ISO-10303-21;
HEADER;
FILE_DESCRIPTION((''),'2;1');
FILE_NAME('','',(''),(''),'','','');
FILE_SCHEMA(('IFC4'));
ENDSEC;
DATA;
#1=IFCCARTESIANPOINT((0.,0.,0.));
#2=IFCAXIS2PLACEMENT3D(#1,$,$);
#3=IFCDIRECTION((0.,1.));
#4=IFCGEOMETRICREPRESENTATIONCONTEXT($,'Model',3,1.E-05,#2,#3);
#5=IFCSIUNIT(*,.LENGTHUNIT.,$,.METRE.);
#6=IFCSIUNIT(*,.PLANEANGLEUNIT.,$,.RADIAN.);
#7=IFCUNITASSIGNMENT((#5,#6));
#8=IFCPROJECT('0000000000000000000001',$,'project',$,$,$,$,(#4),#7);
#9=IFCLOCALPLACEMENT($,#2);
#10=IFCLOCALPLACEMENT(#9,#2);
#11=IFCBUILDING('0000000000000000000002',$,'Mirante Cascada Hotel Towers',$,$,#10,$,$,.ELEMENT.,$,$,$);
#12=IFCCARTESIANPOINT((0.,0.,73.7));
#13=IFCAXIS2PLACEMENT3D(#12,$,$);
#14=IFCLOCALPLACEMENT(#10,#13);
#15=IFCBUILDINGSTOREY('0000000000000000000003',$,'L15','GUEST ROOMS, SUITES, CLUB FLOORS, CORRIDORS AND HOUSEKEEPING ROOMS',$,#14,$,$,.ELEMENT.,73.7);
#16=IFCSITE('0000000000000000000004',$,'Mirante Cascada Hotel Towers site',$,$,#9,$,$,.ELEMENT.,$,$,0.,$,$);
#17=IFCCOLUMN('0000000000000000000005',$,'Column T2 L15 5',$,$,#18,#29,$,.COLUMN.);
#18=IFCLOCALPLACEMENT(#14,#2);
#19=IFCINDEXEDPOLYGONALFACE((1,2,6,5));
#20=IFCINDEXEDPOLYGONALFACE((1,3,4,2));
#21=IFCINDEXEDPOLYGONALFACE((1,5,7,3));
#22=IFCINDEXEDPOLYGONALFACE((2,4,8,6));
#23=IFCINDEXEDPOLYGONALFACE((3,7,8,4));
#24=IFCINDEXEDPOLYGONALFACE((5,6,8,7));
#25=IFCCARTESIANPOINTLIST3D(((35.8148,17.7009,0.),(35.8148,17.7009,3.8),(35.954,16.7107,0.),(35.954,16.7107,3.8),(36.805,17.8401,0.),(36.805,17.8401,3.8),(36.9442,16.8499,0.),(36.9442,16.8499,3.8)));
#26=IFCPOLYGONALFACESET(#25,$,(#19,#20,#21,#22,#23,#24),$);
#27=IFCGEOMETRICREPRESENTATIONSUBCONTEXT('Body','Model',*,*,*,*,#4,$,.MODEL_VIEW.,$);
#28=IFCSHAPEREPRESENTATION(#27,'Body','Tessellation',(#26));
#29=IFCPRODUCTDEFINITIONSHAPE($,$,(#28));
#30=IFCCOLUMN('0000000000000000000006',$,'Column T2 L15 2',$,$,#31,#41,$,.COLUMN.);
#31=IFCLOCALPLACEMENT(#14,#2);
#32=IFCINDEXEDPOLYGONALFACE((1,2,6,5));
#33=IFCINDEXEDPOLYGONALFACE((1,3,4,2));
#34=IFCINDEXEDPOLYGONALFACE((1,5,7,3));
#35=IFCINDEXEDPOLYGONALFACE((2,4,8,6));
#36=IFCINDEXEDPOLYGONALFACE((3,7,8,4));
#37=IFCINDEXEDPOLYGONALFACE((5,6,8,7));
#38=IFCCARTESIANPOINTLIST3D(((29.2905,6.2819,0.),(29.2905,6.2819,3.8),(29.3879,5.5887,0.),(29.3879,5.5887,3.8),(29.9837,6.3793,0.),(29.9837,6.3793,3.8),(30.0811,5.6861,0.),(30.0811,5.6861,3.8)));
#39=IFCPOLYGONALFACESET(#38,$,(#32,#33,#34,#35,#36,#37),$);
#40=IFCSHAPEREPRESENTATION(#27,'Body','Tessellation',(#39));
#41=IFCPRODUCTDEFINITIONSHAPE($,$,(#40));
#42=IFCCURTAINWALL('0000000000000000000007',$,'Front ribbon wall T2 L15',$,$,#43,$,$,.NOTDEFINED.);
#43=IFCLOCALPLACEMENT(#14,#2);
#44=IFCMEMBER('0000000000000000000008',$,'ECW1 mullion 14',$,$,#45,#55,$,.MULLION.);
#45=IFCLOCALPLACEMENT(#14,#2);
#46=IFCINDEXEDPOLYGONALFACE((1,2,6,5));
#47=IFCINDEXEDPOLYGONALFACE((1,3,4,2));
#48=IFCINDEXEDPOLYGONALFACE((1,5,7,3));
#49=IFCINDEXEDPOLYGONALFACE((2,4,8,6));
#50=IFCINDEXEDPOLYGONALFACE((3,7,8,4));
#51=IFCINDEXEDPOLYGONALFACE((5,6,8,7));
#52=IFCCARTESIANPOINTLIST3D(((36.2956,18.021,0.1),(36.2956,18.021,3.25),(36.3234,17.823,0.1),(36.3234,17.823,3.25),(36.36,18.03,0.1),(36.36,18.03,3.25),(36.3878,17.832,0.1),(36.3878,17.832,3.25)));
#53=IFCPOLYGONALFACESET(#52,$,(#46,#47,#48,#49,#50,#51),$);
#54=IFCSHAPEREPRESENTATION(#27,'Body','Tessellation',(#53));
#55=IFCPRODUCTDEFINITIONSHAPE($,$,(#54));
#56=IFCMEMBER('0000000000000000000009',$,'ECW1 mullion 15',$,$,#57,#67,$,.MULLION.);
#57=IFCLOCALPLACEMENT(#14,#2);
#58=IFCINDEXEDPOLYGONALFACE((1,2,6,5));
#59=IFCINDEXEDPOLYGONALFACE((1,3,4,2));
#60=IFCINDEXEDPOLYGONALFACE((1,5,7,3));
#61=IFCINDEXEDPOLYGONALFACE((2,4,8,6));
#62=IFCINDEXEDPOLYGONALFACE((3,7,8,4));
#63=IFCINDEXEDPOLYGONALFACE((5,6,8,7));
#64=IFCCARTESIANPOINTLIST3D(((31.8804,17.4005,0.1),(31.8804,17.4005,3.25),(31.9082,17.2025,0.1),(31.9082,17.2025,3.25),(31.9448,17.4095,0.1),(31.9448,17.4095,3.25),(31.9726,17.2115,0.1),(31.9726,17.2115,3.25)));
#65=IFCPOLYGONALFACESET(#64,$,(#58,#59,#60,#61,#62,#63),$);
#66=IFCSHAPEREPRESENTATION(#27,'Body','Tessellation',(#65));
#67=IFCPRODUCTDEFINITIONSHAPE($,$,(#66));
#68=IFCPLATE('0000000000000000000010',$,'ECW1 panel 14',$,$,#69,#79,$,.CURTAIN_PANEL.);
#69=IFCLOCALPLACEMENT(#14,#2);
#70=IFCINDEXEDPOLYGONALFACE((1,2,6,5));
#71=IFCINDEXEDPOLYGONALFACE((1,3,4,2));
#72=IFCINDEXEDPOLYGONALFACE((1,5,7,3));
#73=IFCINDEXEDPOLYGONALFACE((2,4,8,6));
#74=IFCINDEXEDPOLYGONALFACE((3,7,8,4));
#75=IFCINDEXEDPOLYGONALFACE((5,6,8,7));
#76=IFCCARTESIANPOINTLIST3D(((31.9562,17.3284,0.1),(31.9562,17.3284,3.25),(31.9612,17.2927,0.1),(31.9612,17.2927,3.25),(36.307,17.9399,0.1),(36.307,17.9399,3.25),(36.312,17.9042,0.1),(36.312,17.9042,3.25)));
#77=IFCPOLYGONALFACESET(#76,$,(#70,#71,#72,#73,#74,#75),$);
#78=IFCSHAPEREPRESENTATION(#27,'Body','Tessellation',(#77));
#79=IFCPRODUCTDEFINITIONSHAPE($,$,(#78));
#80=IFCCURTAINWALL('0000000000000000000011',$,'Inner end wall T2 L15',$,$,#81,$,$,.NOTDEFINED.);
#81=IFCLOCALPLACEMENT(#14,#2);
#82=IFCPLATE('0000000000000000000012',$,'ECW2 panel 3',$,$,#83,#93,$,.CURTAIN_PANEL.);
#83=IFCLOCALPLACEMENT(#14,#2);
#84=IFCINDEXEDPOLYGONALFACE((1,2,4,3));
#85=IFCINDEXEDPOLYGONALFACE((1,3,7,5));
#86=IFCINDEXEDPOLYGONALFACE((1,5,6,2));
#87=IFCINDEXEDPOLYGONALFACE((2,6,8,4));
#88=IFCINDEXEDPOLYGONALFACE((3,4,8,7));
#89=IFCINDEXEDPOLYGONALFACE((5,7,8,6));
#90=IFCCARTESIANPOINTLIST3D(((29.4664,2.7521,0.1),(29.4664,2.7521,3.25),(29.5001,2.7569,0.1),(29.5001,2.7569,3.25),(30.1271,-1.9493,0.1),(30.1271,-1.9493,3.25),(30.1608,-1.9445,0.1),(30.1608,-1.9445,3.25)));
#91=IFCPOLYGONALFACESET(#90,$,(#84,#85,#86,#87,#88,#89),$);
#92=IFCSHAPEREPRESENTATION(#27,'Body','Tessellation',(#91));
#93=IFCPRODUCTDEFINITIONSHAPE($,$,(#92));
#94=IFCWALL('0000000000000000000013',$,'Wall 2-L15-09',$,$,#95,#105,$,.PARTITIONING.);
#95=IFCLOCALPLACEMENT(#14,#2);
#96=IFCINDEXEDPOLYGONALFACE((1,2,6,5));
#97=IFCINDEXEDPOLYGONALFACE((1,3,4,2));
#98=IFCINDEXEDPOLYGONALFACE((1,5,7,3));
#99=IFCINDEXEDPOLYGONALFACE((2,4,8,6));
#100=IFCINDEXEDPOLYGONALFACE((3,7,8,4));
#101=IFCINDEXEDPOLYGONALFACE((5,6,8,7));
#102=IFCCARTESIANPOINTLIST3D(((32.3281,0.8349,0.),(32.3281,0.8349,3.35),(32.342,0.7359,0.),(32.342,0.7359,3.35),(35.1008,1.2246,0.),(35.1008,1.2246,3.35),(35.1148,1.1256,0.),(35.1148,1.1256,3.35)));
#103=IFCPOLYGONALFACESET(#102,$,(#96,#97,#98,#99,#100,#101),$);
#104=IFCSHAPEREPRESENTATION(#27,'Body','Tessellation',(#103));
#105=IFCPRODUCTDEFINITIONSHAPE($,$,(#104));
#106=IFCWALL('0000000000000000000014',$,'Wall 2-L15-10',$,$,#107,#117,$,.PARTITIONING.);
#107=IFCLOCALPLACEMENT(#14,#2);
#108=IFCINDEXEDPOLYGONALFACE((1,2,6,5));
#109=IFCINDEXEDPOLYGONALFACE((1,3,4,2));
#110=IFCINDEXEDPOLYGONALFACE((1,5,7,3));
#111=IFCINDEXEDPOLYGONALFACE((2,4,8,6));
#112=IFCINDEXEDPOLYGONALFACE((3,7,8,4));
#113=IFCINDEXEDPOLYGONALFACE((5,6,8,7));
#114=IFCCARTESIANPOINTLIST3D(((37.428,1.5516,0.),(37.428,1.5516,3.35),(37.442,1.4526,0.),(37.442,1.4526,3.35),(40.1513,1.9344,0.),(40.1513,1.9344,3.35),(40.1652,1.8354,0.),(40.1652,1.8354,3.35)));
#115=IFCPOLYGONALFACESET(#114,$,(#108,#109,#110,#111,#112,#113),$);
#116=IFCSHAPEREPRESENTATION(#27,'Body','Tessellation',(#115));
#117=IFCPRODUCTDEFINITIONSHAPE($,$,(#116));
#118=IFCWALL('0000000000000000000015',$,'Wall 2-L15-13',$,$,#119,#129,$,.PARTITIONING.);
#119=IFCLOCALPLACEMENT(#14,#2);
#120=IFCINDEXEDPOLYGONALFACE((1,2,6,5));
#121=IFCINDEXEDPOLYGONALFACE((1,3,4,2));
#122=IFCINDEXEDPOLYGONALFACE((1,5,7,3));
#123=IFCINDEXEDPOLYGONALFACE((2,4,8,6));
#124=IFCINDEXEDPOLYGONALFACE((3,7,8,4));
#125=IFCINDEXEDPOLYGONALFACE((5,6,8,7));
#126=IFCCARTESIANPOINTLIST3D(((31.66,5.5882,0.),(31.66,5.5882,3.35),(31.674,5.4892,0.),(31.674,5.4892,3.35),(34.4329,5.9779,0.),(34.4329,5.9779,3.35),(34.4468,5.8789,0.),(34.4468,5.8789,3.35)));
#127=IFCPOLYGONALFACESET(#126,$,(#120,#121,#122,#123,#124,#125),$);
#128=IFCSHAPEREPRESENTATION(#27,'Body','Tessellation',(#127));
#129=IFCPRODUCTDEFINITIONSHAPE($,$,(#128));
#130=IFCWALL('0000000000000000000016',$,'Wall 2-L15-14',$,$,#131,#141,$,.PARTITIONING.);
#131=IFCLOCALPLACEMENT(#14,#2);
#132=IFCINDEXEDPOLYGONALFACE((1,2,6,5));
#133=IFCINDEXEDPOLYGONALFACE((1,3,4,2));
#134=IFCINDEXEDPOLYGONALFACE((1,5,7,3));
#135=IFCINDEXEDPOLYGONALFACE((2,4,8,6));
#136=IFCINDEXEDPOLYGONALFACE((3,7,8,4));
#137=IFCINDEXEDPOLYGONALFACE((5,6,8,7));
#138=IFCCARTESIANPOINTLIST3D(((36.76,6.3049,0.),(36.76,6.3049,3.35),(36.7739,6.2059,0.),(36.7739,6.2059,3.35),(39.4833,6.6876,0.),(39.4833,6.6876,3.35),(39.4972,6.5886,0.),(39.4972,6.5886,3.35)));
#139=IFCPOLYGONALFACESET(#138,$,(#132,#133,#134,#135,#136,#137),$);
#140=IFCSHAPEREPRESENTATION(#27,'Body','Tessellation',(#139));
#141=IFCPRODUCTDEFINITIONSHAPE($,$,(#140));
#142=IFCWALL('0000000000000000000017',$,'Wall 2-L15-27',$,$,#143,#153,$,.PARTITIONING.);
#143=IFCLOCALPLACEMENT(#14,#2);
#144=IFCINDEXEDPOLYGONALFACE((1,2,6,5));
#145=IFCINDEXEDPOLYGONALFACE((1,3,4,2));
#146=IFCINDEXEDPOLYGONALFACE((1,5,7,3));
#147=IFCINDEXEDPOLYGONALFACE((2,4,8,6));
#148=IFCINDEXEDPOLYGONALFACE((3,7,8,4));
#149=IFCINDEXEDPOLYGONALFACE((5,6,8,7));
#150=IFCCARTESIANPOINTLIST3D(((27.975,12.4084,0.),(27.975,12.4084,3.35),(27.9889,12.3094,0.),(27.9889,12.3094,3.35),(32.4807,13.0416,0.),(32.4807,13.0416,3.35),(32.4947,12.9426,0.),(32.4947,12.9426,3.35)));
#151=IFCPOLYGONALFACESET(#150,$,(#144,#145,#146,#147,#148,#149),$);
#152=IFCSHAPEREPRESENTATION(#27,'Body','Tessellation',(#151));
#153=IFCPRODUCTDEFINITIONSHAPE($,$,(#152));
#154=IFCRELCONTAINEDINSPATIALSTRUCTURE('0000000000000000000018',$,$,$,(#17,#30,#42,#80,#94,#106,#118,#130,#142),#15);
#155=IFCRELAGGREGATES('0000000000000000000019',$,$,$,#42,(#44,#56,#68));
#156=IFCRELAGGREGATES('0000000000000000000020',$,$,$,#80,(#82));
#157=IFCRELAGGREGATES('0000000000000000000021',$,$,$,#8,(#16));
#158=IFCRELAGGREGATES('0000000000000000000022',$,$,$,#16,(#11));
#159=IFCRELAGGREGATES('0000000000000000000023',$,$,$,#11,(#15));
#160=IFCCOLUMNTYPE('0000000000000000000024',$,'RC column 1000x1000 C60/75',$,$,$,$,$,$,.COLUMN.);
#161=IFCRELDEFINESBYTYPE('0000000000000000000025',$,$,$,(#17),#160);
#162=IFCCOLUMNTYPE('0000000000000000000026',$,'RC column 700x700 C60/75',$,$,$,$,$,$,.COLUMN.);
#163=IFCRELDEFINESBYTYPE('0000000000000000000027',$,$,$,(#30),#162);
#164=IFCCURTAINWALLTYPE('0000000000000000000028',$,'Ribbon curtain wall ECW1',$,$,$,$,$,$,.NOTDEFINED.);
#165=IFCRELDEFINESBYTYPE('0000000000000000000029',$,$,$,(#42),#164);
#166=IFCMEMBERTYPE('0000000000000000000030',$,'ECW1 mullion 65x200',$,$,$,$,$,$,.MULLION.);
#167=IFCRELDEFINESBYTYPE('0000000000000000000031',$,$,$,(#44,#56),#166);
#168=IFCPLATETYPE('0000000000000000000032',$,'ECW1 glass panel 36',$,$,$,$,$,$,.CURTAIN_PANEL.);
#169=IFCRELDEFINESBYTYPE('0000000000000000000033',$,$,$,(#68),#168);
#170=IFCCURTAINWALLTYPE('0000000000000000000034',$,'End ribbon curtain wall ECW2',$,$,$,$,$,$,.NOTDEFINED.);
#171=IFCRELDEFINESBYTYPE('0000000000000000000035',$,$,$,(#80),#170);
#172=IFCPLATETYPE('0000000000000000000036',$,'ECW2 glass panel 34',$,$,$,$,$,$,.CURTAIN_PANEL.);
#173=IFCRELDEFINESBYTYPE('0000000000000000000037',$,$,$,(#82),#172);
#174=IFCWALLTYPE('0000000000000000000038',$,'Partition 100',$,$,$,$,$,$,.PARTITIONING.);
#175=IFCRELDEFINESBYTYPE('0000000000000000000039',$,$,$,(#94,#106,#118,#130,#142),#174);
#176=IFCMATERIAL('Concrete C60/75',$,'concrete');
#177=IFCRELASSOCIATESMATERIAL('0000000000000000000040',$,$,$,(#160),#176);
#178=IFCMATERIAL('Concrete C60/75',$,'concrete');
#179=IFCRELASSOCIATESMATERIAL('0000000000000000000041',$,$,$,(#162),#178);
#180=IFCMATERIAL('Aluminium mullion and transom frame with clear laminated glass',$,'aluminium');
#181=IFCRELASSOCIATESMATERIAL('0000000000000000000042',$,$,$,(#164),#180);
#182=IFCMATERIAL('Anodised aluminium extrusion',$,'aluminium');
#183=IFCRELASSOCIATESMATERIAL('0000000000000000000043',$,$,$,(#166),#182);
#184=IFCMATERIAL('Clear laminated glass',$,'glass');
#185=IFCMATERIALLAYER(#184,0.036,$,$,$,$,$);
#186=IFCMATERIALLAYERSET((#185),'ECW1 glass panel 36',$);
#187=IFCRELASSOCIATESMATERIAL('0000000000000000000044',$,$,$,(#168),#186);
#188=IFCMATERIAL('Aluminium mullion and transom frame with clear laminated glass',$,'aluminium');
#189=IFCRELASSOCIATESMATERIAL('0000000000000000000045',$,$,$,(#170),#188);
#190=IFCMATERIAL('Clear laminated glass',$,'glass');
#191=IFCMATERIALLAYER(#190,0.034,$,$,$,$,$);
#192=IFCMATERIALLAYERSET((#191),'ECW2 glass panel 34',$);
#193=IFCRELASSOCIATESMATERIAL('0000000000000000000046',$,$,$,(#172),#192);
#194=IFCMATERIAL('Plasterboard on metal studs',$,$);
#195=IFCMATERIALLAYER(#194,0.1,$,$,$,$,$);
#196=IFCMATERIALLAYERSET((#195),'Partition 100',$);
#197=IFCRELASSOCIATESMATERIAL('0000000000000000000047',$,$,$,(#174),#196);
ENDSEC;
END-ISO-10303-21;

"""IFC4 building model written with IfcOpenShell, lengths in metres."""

from ifc_helpers import new_model, si_unit, direction, frame, frame_2d, origin, origin_2d, place, context, subcontext, project, spatial, rectangle, extrude, material, layer, layer_set, material_profile, profile_set, type_object, element, aggregate, save


model = new_model("IFC4")

# Units and contexts
model_context = context("Model", 3, precision=1e-05, world=origin(), true_north=direction((0.0, 1.0)))
body_context = subcontext(model_context, "Body", "Model", "MODEL_VIEW")
ifc_project = project(units=[si_unit("LENGTHUNIT", "METRE"), si_unit("PLANEANGLEUNIT", "RADIAN")], contexts=[model_context])

# Site, building, storey
site_placement = place(None, origin())
site = spatial("IfcSite", under=ifc_project, at=site_placement, Name="Mirante Cascada Hotel Towers site", CompositionType="ELEMENT", RefElevation=0.0)
building_placement = place(site_placement, origin())
building = spatial("IfcBuilding", under=site, at=building_placement, Name="Mirante Cascada Hotel Towers", CompositionType="ELEMENT")
storey_placement = place(building_placement, frame((0.0, 0.0, 73.7)))
storey = spatial("IfcBuildingStorey", under=building, at=storey_placement, Name="L15", Description="GUEST ROOMS, SUITES, CLUB FLOORS, CORRIDORS AND HOUSEKEEPING ROOMS", CompositionType="ELEMENT", Elevation=73.7)

# Columns
ifc_material_1 = material(Name="Concrete C60/75", Category="concrete")
ifc_material_profile_1 = material_profile(ifc_material_1, rectangle(XDim=1.0, YDim=1.0, at=origin_2d()), Name="RC column 1000x1000 C60/75")
ifc_profile_set_1 = profile_set([ifc_material_profile_1], Name="Concrete C60/75")
column_type_1 = type_object("IfcColumnType", Name="RC column 1000x1000 C60/75", PredefinedType="COLUMN", material=ifc_profile_set_1)
column_1_placement = place(storey_placement, frame((36.3795, 17.2754, 0.0), z_axis=(0.0, 0.0, 1.0), x_axis=(0.990268, 0.139173, 0.0)))
element("IfcColumn", 1, at=column_1_placement, inside=storey, type_object=column_type_1, Name="Column T2 L15 5", PredefinedType="COLUMN", context=body_context, shape_type="SweptSolid", body=[
    extrude(rectangle(XDim=1.0, YDim=1.0, at=origin_2d()), origin(), (0.0, 0.0, 1.0), 3.8),
])
ifc_material_2 = material(Name="Concrete C60/75", Category="concrete")
ifc_material_profile_2 = material_profile(ifc_material_2, rectangle(XDim=0.7, YDim=0.7, at=origin_2d()), Name="RC column 700x700 C60/75")
ifc_profile_set_2 = profile_set([ifc_material_profile_2], Name="Concrete C60/75")
column_type_2 = type_object("IfcColumnType", Name="RC column 700x700 C60/75", PredefinedType="COLUMN", material=ifc_profile_set_2)
column_2_placement = place(storey_placement, frame((29.6858, 5.984, 0.0), z_axis=(0.0, 0.0, 1.0), x_axis=(0.990268, 0.139173, 0.0)))
element("IfcColumn", 2, at=column_2_placement, inside=storey, type_object=column_type_2, Name="Column T2 L15 2", PredefinedType="COLUMN", context=body_context, shape_type="SweptSolid", body=[
    extrude(rectangle(XDim=0.7, YDim=0.7, at=origin_2d()), origin(), (0.0, 0.0, 1.0), 3.8),
])

# Curtain wall, members, plate
ifc_material_3 = material(Name="Aluminium mullion and transom frame with clear laminated glass", Category="aluminium")
curtain_wall_type_1 = type_object("IfcCurtainWallType", Name="Ribbon curtain wall ECW1", PredefinedType="NOTDEFINED", material=ifc_material_3)
curtain_wall_1_placement = place(storey_placement, origin())
curtain_wall_1 = element("IfcCurtainWall", 3, at=curtain_wall_1_placement, inside=storey, type_object=curtain_wall_type_1, Name="Front ribbon wall T2 L15", PredefinedType="NOTDEFINED")
ifc_material_4 = material(Name="Anodised aluminium extrusion", Category="aluminium")
ifc_material_profile_3 = material_profile(ifc_material_4, rectangle(XDim=0.2, YDim=0.065, at=origin_2d()), Name="ECW1 MULLION 65x200")
ifc_profile_set_3 = profile_set([ifc_material_profile_3], Name="Anodised aluminium extrusion")
member_type = type_object("IfcMemberType", Name="ECW1 mullion 65x200", PredefinedType="MULLION", material=ifc_profile_set_3)
member_1_placement = place(storey_placement, frame((36.3417, 17.9265, 0.1), z_axis=(0.0, 0.0, 1.0), x_axis=(0.139173, -0.990268, 0.0)))
member_1 = element("IfcMember", 4, at=member_1_placement, type_object=member_type, Name="ECW1 mullion 14", PredefinedType="MULLION", context=body_context, shape_type="SweptSolid", body=[
    extrude(rectangle(XDim=0.2, YDim=0.065, at=origin_2d()), origin(), (0.0, 0.0, 1.0), 3.15),
])
member_2_placement = place(storey_placement, frame((31.9265, 17.306, 0.1), z_axis=(0.0, 0.0, 1.0), x_axis=(0.139173, -0.990268, 0.0)))
member_2 = element("IfcMember", 5, at=member_2_placement, type_object=member_type, Name="ECW1 mullion 15", PredefinedType="MULLION", context=body_context, shape_type="SweptSolid", body=[
    extrude(rectangle(XDim=0.2, YDim=0.065, at=origin_2d()), origin(), (0.0, 0.0, 1.0), 3.15),
])
ifc_material_5 = material(Name="Clear laminated glass", Category="glass")
ifc_layer_1 = layer(ifc_material_5, 0.036)
ifc_layer_set_1 = layer_set([ifc_layer_1], Name="ECW1 glass panel 36")
plate_type_1 = type_object("IfcPlateType", Name="ECW1 glass panel 36", PredefinedType="CURTAIN_PANEL", material=ifc_layer_set_1)
plate_1_placement = place(storey_placement, frame((34.1341, 17.6163, 0.1), z_axis=(0.0, 0.0, 1.0), x_axis=(-0.990268, -0.139173, 0.0)))
plate_1 = element("IfcPlate", 6, at=plate_1_placement, type_object=plate_type_1, Name="ECW1 panel 14", PredefinedType="CURTAIN_PANEL", context=body_context, shape_type="SweptSolid", body=[
    extrude(rectangle(XDim=4.3936, YDim=0.036, at=origin_2d()), origin(), (0.0, 0.0, 1.0), 3.15),
])
aggregate(curtain_wall_1, [member_1, member_2, plate_1])

# Curtain wall, plate
ifc_material_6 = material(Name="Aluminium mullion and transom frame with clear laminated glass", Category="aluminium")
curtain_wall_type_2 = type_object("IfcCurtainWallType", Name="End ribbon curtain wall ECW2", PredefinedType="NOTDEFINED", material=ifc_material_6)
curtain_wall_2_placement = place(storey_placement, origin())
curtain_wall_2 = element("IfcCurtainWall", 7, at=curtain_wall_2_placement, inside=storey, type_object=curtain_wall_type_2, Name="Inner end wall T2 L15", PredefinedType="NOTDEFINED")
ifc_material_7 = material(Name="Clear laminated glass", Category="glass")
ifc_layer_2 = layer(ifc_material_7, 0.034)
ifc_layer_set_2 = layer_set([ifc_layer_2], Name="ECW2 glass panel 34")
plate_type_2 = type_object("IfcPlateType", Name="ECW2 glass panel 34", PredefinedType="CURTAIN_PANEL", material=ifc_layer_set_2)
plate_2_placement = place(storey_placement, frame((29.8136, 0.4038, 0.1), z_axis=(0.0, 0.0, 1.0), x_axis=(0.139173, -0.990268, 0.0)))
plate_2 = element("IfcPlate", 8, at=plate_2_placement, type_object=plate_type_2, Name="ECW2 panel 3", PredefinedType="CURTAIN_PANEL", context=body_context, shape_type="SweptSolid", body=[
    extrude(rectangle(XDim=4.7476, YDim=0.034, at=origin_2d()), origin(), (0.0, 0.0, 1.0), 3.15),
])
aggregate(curtain_wall_2, [plate_2])

# Walls
ifc_material_8 = material(Name="Plasterboard on metal studs")
ifc_layer_3 = layer(ifc_material_8, 0.1)
ifc_layer_set_3 = layer_set([ifc_layer_3], Name="Partition 100")
wall_type_1 = type_object("IfcWallType", Name="Partition 100", PredefinedType="PARTITIONING", material=ifc_layer_set_3)
wall_1_placement = place(storey_placement, frame((35.1078, 1.1751, 0.0), z_axis=(0.0, 0.0, 1.0), x_axis=(-0.990267, -0.139181, 0.0)))
element("IfcWall", 9, at=wall_1_placement, inside=storey, type_object=wall_type_1, Name="Wall 2-L15-09", PredefinedType="PARTITIONING", context=body_context, shape_type="SweptSolid", body=[
    extrude(rectangle(XDim=2.8, YDim=0.1, at=frame_2d((1.4, 0.0))), origin(), (0.0, 0.0, 1.0), 3.35),
])
wall_2_placement = place(storey_placement, frame((37.435, 1.5021, 0.0), z_axis=(0.0, 0.0, 1.0), x_axis=(0.990264, 0.139201, 0.0)))
element("IfcWall", 10, at=wall_2_placement, inside=storey, type_object=wall_type_1, Name="Wall 2-L15-10", PredefinedType="PARTITIONING", context=body_context, shape_type="SweptSolid", body=[
    extrude(rectangle(XDim=2.75, YDim=0.1, at=frame_2d((1.375, 0.0))), origin(), (0.0, 0.0, 1.0), 3.35),
])
wall_3_placement = place(storey_placement, frame((34.4398, 5.9284, 0.0), z_axis=(0.0, 0.0, 1.0), x_axis=(-0.990268, -0.139176, 0.0)))
element("IfcWall", 11, at=wall_3_placement, inside=storey, type_object=wall_type_1, Name="Wall 2-L15-13", PredefinedType="PARTITIONING", context=body_context, shape_type="SweptSolid", body=[
    extrude(rectangle(XDim=2.8001, YDim=0.1, at=frame_2d((1.4, 0.0))), origin(), (0.0, 0.0, 1.0), 3.35),
])
wall_4_placement = place(storey_placement, frame((36.7669, 6.2554, 0.0), z_axis=(0.0, 0.0, 1.0), x_axis=(0.99027, 0.139161, 0.0)))
element("IfcWall", 12, at=wall_4_placement, inside=storey, type_object=wall_type_1, Name="Wall 2-L15-14", PredefinedType="PARTITIONING", context=body_context, shape_type="SweptSolid", body=[
    extrude(rectangle(XDim=2.7501, YDim=0.1, at=frame_2d((1.3751, 0.0))), origin(), (0.0, 0.0, 1.0), 3.35),
])
wall_5_placement = place(storey_placement, frame((32.4877, 12.9921, 0.0), z_axis=(0.0, 0.0, 1.0), x_axis=(-0.990269, -0.139166, 0.0)))
element("IfcWall", 13, at=wall_5_placement, inside=storey, type_object=wall_type_1, Name="Wall 2-L15-27", PredefinedType="PARTITIONING", context=body_context, shape_type="SweptSolid", body=[
    extrude(rectangle(XDim=4.55, YDim=0.1, at=frame_2d((2.275, 0.0))), origin(), (0.0, 0.0, 1.0), 3.35),
])

save(model, "model.ifc")
